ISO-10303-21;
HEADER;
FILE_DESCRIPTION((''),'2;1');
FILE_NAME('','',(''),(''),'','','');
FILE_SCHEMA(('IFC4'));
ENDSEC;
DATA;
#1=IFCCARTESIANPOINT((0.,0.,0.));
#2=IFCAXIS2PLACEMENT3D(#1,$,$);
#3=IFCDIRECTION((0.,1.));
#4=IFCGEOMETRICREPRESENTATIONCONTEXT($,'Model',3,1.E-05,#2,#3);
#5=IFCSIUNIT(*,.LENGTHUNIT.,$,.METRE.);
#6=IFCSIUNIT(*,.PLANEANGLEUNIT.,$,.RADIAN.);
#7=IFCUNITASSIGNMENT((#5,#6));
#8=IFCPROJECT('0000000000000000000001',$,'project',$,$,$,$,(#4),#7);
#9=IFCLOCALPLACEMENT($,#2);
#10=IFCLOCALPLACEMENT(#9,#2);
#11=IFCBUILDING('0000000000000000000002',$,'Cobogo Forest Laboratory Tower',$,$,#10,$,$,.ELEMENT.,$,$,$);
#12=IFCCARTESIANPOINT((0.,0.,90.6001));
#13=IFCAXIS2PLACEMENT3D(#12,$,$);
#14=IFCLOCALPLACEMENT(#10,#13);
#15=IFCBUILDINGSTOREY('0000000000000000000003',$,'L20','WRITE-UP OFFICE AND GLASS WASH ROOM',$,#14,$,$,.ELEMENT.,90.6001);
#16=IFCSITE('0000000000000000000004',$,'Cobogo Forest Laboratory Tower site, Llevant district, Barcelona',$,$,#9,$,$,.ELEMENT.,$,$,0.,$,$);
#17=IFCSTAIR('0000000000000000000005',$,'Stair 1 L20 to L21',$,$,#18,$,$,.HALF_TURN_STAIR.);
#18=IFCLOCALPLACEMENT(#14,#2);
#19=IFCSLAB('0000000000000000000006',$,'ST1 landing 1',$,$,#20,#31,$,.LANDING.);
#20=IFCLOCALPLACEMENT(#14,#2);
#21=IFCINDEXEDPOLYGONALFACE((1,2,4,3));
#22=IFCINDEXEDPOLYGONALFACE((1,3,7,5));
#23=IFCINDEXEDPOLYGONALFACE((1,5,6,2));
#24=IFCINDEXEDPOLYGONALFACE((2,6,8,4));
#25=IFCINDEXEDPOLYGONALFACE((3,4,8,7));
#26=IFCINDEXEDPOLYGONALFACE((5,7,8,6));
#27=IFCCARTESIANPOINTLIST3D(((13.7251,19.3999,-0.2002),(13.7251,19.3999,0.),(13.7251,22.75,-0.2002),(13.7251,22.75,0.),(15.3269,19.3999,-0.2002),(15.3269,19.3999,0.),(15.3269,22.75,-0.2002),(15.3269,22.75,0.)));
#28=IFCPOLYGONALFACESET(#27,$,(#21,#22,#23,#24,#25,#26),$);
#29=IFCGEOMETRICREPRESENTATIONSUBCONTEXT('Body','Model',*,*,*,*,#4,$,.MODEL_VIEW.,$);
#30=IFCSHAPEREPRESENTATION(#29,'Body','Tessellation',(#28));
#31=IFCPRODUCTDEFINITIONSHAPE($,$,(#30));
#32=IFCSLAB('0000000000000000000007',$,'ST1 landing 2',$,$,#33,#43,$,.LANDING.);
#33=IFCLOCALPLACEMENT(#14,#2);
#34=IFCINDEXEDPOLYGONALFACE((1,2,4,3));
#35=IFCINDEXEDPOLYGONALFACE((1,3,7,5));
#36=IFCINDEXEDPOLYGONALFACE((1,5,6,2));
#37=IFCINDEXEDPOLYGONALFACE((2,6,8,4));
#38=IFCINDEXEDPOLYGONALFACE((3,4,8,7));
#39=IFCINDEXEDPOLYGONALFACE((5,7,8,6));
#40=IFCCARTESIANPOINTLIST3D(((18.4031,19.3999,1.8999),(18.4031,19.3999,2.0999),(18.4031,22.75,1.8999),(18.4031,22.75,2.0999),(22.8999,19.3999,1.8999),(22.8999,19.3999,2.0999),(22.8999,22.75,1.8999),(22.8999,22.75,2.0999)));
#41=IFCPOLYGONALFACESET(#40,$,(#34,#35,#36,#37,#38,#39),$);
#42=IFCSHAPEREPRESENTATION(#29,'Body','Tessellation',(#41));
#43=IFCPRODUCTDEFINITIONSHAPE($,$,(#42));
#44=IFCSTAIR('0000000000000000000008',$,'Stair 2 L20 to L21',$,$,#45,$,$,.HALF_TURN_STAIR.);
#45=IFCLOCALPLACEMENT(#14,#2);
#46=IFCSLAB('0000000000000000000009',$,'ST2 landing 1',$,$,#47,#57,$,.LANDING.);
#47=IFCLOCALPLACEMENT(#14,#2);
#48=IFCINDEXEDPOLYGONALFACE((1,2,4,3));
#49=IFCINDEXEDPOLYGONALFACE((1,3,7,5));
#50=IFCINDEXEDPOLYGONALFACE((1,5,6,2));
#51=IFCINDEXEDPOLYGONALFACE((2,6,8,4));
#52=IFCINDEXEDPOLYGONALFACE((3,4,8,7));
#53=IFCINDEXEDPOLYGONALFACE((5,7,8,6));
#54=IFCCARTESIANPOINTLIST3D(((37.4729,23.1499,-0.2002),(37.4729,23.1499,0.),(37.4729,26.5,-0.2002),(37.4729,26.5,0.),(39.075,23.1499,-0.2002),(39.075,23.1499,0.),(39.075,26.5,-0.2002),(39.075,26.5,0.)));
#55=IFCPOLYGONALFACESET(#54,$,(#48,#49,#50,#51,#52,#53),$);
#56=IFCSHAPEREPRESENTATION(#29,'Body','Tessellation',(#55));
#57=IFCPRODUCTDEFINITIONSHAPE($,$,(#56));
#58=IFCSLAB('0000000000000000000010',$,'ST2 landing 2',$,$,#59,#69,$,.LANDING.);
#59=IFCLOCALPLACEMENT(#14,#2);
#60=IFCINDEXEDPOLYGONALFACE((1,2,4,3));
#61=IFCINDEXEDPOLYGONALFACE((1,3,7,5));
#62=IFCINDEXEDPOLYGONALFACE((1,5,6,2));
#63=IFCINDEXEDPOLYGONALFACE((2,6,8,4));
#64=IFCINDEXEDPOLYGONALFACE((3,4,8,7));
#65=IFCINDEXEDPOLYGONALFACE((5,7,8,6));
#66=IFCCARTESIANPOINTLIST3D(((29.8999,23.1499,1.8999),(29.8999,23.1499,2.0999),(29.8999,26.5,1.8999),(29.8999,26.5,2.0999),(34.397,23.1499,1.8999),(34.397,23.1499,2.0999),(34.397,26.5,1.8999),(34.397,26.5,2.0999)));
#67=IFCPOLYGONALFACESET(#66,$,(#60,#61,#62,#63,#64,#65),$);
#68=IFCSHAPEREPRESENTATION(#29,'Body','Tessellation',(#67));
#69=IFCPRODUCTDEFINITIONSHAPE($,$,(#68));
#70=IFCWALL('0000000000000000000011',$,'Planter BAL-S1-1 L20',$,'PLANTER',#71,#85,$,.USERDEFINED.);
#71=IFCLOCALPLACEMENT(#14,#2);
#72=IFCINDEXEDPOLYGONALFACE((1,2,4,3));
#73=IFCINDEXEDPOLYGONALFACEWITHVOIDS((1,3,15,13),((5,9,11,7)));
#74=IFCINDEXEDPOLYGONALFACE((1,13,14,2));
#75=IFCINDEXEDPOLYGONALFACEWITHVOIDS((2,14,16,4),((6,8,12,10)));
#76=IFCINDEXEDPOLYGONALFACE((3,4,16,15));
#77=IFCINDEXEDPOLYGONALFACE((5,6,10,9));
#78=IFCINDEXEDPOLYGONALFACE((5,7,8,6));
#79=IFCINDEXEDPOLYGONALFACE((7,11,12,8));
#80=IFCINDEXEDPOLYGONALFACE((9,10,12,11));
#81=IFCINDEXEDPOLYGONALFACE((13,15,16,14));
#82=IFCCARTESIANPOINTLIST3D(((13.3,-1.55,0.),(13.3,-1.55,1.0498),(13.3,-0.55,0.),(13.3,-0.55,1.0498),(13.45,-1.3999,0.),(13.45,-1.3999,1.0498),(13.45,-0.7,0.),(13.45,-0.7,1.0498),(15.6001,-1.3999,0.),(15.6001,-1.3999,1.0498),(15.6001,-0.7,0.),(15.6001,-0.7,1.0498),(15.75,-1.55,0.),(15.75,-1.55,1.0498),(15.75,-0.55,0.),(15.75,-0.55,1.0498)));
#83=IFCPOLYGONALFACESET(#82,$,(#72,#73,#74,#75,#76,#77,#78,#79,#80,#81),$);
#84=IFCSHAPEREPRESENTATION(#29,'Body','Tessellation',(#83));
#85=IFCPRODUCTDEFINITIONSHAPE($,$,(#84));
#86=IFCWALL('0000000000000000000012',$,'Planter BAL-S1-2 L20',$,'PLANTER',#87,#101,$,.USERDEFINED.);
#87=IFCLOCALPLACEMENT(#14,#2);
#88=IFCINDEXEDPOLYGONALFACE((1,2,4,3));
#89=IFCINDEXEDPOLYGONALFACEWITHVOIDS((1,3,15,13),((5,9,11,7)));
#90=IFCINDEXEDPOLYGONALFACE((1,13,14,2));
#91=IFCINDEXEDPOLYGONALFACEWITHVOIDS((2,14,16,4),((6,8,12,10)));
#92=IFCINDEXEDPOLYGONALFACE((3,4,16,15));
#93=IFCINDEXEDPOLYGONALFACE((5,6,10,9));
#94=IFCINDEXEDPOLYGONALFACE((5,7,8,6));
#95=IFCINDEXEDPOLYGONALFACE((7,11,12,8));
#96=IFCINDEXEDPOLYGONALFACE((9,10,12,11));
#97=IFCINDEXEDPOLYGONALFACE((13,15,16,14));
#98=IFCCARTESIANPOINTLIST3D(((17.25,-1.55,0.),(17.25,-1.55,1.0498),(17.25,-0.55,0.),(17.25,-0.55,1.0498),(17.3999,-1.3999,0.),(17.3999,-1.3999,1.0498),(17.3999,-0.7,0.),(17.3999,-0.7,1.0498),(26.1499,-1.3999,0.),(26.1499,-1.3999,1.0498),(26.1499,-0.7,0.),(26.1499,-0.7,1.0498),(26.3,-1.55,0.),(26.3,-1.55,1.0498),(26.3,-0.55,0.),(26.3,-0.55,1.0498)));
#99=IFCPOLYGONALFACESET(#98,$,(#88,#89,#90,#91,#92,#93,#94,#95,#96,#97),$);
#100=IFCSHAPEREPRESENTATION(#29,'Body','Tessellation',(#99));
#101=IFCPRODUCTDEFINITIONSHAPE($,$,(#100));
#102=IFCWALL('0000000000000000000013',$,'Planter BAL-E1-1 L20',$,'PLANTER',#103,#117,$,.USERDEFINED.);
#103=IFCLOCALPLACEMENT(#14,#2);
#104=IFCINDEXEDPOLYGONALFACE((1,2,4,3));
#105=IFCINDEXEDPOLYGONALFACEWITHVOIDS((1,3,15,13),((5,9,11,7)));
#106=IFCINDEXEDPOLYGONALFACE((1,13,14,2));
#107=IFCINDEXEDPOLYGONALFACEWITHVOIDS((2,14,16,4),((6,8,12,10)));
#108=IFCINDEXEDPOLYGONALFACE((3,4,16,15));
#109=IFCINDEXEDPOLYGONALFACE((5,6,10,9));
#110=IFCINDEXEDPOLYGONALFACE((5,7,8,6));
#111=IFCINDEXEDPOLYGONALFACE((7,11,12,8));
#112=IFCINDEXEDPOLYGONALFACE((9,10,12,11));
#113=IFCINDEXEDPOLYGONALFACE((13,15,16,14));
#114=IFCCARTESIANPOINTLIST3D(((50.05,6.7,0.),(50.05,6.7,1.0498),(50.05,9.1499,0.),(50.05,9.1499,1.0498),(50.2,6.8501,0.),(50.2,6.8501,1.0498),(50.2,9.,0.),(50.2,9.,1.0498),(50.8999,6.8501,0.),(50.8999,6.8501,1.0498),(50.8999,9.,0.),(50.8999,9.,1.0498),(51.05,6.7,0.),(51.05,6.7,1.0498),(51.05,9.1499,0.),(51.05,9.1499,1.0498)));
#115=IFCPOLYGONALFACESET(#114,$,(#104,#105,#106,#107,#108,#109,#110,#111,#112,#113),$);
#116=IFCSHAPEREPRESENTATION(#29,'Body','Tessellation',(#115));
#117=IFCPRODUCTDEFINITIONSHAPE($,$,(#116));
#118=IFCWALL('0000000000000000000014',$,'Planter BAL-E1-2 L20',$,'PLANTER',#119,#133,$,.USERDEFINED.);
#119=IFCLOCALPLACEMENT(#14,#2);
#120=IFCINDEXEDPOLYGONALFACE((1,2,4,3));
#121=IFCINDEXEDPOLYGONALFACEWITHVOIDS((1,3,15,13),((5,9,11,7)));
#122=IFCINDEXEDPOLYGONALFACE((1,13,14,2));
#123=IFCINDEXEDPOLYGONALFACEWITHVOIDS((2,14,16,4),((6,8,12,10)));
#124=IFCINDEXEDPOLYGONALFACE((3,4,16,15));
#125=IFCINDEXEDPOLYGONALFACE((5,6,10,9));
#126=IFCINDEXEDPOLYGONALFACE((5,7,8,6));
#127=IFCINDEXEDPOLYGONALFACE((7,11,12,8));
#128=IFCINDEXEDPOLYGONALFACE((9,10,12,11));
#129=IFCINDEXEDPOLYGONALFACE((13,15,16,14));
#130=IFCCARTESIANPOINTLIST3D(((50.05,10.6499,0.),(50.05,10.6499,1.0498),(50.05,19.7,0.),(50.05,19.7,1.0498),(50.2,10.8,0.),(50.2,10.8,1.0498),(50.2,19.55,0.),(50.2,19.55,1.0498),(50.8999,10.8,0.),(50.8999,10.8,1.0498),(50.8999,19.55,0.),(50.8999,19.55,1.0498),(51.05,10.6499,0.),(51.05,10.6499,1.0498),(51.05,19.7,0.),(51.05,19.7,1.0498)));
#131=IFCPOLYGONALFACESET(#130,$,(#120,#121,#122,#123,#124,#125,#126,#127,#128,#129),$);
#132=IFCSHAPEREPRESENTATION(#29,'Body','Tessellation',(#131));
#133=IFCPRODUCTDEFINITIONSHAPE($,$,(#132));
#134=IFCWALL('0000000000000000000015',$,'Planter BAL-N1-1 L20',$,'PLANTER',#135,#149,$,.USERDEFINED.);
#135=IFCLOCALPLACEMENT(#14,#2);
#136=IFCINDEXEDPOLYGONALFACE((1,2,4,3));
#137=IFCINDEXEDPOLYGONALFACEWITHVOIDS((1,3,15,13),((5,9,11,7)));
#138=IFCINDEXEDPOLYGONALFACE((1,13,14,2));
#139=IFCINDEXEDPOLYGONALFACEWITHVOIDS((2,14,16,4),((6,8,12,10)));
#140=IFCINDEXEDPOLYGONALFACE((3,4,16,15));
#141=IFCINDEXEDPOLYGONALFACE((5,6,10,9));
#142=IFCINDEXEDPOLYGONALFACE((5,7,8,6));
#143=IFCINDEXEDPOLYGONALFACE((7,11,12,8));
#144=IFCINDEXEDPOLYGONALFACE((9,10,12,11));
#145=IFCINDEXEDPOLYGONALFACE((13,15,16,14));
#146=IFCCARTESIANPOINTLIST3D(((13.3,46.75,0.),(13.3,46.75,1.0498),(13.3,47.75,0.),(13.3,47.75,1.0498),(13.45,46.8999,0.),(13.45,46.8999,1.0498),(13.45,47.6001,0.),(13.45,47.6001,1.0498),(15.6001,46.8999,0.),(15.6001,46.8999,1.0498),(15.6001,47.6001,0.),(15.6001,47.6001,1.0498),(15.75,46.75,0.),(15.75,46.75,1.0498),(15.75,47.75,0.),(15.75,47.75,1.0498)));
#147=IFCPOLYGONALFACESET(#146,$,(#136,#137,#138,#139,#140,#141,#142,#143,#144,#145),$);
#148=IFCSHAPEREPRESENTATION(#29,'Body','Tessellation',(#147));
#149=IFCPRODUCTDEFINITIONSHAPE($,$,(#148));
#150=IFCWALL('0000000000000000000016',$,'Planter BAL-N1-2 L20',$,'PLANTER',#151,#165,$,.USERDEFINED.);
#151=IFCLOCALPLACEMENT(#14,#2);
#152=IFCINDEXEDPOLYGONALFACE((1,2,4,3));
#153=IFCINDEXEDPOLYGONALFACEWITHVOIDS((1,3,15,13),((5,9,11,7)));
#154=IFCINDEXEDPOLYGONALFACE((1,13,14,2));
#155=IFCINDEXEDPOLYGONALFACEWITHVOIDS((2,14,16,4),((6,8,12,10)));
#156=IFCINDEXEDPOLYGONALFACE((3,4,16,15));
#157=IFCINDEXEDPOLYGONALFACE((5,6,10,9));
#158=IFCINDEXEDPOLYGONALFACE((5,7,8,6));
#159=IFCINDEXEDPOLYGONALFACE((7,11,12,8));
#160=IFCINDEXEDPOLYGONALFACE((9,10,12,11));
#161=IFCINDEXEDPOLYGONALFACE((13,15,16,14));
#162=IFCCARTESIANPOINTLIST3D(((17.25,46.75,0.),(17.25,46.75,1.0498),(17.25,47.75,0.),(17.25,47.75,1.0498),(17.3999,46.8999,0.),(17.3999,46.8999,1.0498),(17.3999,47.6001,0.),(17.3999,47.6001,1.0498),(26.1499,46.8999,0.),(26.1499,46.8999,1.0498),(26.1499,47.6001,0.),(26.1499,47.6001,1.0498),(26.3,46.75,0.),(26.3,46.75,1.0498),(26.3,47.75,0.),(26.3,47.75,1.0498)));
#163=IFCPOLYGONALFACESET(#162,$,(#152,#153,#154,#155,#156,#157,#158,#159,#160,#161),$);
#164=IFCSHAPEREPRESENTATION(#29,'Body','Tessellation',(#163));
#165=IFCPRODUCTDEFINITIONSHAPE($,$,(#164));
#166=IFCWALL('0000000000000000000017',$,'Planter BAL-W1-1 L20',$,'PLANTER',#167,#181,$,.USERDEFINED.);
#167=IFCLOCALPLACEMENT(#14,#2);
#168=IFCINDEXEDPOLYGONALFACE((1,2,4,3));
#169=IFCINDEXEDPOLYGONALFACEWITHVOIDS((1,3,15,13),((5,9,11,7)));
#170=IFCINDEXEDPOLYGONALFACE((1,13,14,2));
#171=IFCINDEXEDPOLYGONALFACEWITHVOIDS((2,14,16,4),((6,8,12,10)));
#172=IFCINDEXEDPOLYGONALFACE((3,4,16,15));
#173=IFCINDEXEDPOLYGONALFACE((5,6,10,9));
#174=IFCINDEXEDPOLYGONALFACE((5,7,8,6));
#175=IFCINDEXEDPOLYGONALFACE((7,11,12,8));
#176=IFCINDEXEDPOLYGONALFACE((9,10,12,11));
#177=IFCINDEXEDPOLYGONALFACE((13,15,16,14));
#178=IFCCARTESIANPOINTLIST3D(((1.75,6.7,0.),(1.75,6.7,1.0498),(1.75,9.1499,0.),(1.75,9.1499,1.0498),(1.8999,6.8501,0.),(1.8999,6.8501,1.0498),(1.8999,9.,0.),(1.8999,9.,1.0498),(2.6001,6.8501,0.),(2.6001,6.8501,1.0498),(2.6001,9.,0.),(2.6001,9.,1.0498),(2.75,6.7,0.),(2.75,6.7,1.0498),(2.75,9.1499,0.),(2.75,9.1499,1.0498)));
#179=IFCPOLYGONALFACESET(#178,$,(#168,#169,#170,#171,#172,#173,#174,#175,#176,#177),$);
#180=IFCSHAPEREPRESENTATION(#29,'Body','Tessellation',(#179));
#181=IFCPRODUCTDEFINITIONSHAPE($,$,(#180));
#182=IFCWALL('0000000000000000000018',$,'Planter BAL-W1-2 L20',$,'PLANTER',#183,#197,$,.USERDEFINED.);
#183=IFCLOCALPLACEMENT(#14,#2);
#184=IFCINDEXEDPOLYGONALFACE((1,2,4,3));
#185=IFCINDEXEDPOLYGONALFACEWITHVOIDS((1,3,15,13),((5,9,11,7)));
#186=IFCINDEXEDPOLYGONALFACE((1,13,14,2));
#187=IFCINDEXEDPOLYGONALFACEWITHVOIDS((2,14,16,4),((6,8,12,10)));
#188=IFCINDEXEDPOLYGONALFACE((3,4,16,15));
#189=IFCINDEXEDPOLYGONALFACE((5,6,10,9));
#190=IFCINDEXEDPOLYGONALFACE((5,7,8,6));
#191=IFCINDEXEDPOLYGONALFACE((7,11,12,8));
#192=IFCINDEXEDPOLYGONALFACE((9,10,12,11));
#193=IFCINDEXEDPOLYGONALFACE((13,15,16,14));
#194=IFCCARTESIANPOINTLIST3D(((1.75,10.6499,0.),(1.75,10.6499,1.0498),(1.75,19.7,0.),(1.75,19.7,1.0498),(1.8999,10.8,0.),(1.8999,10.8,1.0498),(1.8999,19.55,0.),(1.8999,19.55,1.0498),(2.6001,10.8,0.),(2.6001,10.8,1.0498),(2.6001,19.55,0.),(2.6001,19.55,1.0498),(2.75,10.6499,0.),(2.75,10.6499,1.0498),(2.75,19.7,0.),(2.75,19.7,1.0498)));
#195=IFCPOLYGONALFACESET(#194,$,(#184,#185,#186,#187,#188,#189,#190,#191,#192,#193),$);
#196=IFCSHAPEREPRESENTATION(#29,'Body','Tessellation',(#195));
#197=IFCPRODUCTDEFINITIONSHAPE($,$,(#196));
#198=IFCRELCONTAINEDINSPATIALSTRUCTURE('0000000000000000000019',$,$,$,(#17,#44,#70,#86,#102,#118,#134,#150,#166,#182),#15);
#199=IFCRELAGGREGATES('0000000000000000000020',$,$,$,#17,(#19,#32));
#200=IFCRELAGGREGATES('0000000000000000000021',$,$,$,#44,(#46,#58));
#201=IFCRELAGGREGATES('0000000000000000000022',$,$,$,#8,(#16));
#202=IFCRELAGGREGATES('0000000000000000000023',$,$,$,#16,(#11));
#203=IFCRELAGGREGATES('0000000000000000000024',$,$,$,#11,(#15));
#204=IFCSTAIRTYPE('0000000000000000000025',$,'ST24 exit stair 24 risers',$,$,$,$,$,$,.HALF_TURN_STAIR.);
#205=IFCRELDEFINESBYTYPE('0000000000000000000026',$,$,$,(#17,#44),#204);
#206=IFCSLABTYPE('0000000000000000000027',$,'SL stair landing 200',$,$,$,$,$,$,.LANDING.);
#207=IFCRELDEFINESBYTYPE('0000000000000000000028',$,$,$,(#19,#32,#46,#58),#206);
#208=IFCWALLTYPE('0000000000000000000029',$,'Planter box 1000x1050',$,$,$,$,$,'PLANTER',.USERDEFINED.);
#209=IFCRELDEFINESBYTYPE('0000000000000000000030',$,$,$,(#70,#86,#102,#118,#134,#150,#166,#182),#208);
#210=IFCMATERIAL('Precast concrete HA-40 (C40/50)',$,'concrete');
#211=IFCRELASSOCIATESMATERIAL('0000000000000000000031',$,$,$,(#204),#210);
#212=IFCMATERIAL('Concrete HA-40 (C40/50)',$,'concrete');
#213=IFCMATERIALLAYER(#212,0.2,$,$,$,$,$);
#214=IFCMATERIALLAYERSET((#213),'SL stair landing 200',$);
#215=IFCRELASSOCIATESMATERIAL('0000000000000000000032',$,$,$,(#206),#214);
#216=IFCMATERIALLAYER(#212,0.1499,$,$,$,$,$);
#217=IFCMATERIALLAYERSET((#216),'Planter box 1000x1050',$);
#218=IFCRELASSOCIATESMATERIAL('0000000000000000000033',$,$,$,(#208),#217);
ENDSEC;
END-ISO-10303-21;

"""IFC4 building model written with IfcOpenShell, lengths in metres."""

from ifc_helpers import new_model, si_unit, direction, frame, origin, place, context, subcontext, project, spatial, polyline, outline, extrude, material, layer, layer_set, type_object, element, aggregate, save


model = new_model("IFC4")

# Units and contexts
model_context = context("Model", 3, precision=1e-05, world=origin(), true_north=direction((0.0, 1.0)))
body_context = subcontext(model_context, "Body", "Model", "MODEL_VIEW")
ifc_project = project(units=[si_unit("LENGTHUNIT", "METRE"), si_unit("PLANEANGLEUNIT", "RADIAN")], contexts=[model_context])

# Site, building, storey
site_placement = place(None, origin())
site = spatial("IfcSite", under=ifc_project, at=site_placement, Name="Cobogo Forest Laboratory Tower site, Llevant district, Barcelona", CompositionType="ELEMENT", RefElevation=0.0)
building_placement = place(site_placement, origin())
building = spatial("IfcBuilding", under=site, at=building_placement, Name="Cobogo Forest Laboratory Tower", CompositionType="ELEMENT")
storey_placement = place(building_placement, frame((0.0, 0.0, 90.6001)))
storey = spatial("IfcBuildingStorey", under=building, at=storey_placement, Name="L20", Description="WRITE-UP OFFICE AND GLASS WASH ROOM", CompositionType="ELEMENT", Elevation=90.6001)

# Shared definitions
ifc_material_1 = material(Name="Concrete HA-40 (C40/50)", Category="concrete")

# Stairs, slabs
ifc_material_2 = material(Name="Precast concrete HA-40 (C40/50)", Category="concrete")
stair_type = type_object("IfcStairType", Name="ST24 exit stair 24 risers", PredefinedType="HALF_TURN_STAIR", material=ifc_material_2)
stair_1_placement = place(storey_placement, origin())
stair_1 = element("IfcStair", 1, at=stair_1_placement, inside=storey, type_object=stair_type, Name="Stair 1 L20 to L21", PredefinedType="HALF_TURN_STAIR")
ifc_layer_1 = layer(ifc_material_1, 0.2)
ifc_layer_set_1 = layer_set([ifc_layer_1], Name="SL stair landing 200")
slab_type_1 = type_object("IfcSlabType", Name="SL stair landing 200", PredefinedType="LANDING", material=ifc_layer_set_1)
slab_1_placement = place(storey_placement, frame((0.0, 0.0, -0.2002)))
slab_1 = element("IfcSlab", 2, at=slab_1_placement, type_object=slab_type_1, Name="ST1 landing 1", PredefinedType="LANDING", context=body_context, shape_type="SweptSolid", body=[
    extrude(outline(polyline([(13.7251, 19.3999), (15.3269, 19.3999), (15.3269, 22.75), (13.7251, 22.75), (13.7251, 19.3999)])), origin(), (0.0, 0.0, 1.0), 0.2002),
])
slab_2_placement = place(storey_placement, frame((0.0, 0.0, 1.8999)))
slab_2 = element("IfcSlab", 3, at=slab_2_placement, type_object=slab_type_1, Name="ST1 landing 2", PredefinedType="LANDING", context=body_context, shape_type="SweptSolid", body=[
    extrude(outline(polyline([(18.4031, 19.3999), (22.8999, 19.3999), (22.8999, 22.75), (18.4031, 22.75), (18.4031, 19.3999)])), origin(), (0.0, 0.0, 1.0), 0.2),
])
aggregate(stair_1, [slab_1, slab_2])
stair_2_placement = place(storey_placement, origin())
stair_2 = element("IfcStair", 4, at=stair_2_placement, inside=storey, type_object=stair_type, Name="Stair 2 L20 to L21", PredefinedType="HALF_TURN_STAIR")
slab_3_placement = place(storey_placement, frame((0.0, 0.0, -0.2002)))
slab_3 = element("IfcSlab", 5, at=slab_3_placement, type_object=slab_type_1, Name="ST2 landing 1", PredefinedType="LANDING", context=body_context, shape_type="SweptSolid", body=[
    extrude(outline(polyline([(37.4729, 23.1499), (39.075, 23.1499), (39.075, 26.5), (37.4729, 26.5), (37.4729, 23.1499)])), origin(), (0.0, 0.0, 1.0), 0.2002),
])
slab_4_placement = place(storey_placement, frame((0.0, 0.0, 1.8999)))
slab_4 = element("IfcSlab", 6, at=slab_4_placement, type_object=slab_type_1, Name="ST2 landing 2", PredefinedType="LANDING", context=body_context, shape_type="SweptSolid", body=[
    extrude(outline(polyline([(29.8999, 23.1499), (34.397, 23.1499), (34.397, 26.5), (29.8999, 26.5), (29.8999, 23.1499)])), origin(), (0.0, 0.0, 1.0), 0.2),
])
aggregate(stair_2, [slab_3, slab_4])

# Walls
ifc_layer_2 = layer(ifc_material_1, 0.1499)
ifc_layer_set_2 = layer_set([ifc_layer_2], Name="Planter box 1000x1050")
wall_type = type_object("IfcWallType", Name="Planter box 1000x1050", ElementType="PLANTER", PredefinedType="USERDEFINED", material=ifc_layer_set_2)
wall_1_placement = place(storey_placement, origin())
element("IfcWall", 7, at=wall_1_placement, inside=storey, type_object=wall_type, Name="Planter BAL-S1-1 L20", ObjectType="PLANTER", PredefinedType="USERDEFINED", context=body_context, shape_type="SweptSolid", body=[
    extrude(outline(polyline([(13.3, -1.55), (15.75, -1.55), (15.75, -0.55), (13.3, -0.55), (13.3, -1.55)]), holes=[polyline([(13.45, -1.3999), (15.6001, -1.3999), (15.6001, -0.7), (13.45, -0.7), (13.45, -1.3999)])]), origin(), (0.0, 0.0, 1.0), 1.0498),
])
wall_2_placement = place(storey_placement, origin())
element("IfcWall", 8, at=wall_2_placement, inside=storey, type_object=wall_type, Name="Planter BAL-S1-2 L20", ObjectType="PLANTER", PredefinedType="USERDEFINED", context=body_context, shape_type="SweptSolid", body=[
    extrude(outline(polyline([(17.25, -1.55), (26.3, -1.55), (26.3, -0.55), (17.25, -0.55), (17.25, -1.55)]), holes=[polyline([(17.3999, -1.3999), (26.1499, -1.3999), (26.1499, -0.7), (17.3999, -0.7), (17.3999, -1.3999)])]), origin(), (0.0, 0.0, 1.0), 1.0498),
])
wall_3_placement = place(storey_placement, origin())
element("IfcWall", 9, at=wall_3_placement, inside=storey, type_object=wall_type, Name="Planter BAL-E1-1 L20", ObjectType="PLANTER", PredefinedType="USERDEFINED", context=body_context, shape_type="SweptSolid", body=[
    extrude(outline(polyline([(50.05, 6.7), (51.05, 6.7), (51.05, 9.1499), (50.05, 9.1499), (50.05, 6.7)]), holes=[polyline([(50.2, 6.8501), (50.8999, 6.8501), (50.8999, 9.0), (50.2, 9.0), (50.2, 6.8501)])]), origin(), (0.0, 0.0, 1.0), 1.0498),
])
wall_4_placement = place(storey_placement, origin())
element("IfcWall", 10, at=wall_4_placement, inside=storey, type_object=wall_type, Name="Planter BAL-E1-2 L20", ObjectType="PLANTER", PredefinedType="USERDEFINED", context=body_context, shape_type="SweptSolid", body=[
    extrude(outline(polyline([(50.05, 10.6499), (51.05, 10.6499), (51.05, 19.7), (50.05, 19.7), (50.05, 10.6499)]), holes=[polyline([(50.2, 10.8), (50.8999, 10.8), (50.8999, 19.55), (50.2, 19.55), (50.2, 10.8)])]), origin(), (0.0, 0.0, 1.0), 1.0498),
])
wall_5_placement = place(storey_placement, origin())
element("IfcWall", 11, at=wall_5_placement, inside=storey, type_object=wall_type, Name="Planter BAL-N1-1 L20", ObjectType="PLANTER", PredefinedType="USERDEFINED", context=body_context, shape_type="SweptSolid", body=[
    extrude(outline(polyline([(13.3, 46.75), (15.75, 46.75), (15.75, 47.75), (13.3, 47.75), (13.3, 46.75)]), holes=[polyline([(13.45, 46.8999), (15.6001, 46.8999), (15.6001, 47.6001), (13.45, 47.6001), (13.45, 46.8999)])]), origin(), (0.0, 0.0, 1.0), 1.0498),
])
wall_6_placement = place(storey_placement, origin())
element("IfcWall", 12, at=wall_6_placement, inside=storey, type_object=wall_type, Name="Planter BAL-N1-2 L20", ObjectType="PLANTER", PredefinedType="USERDEFINED", context=body_context, shape_type="SweptSolid", body=[
    extrude(outline(polyline([(17.25, 46.75), (26.3, 46.75), (26.3, 47.75), (17.25, 47.75), (17.25, 46.75)]), holes=[polyline([(17.3999, 46.8999), (26.1499, 46.8999), (26.1499, 47.6001), (17.3999, 47.6001), (17.3999, 46.8999)])]), origin(), (0.0, 0.0, 1.0), 1.0498),
])
wall_7_placement = place(storey_placement, origin())
element("IfcWall", 13, at=wall_7_placement, inside=storey, type_object=wall_type, Name="Planter BAL-W1-1 L20", ObjectType="PLANTER", PredefinedType="USERDEFINED", context=body_context, shape_type="SweptSolid", body=[
    extrude(outline(polyline([(1.75, 6.7), (2.75, 6.7), (2.75, 9.1499), (1.75, 9.1499), (1.75, 6.7)]), holes=[polyline([(1.8999, 6.8501), (2.6001, 6.8501), (2.6001, 9.0), (1.8999, 9.0), (1.8999, 6.8501)])]), origin(), (0.0, 0.0, 1.0), 1.0498),
])
wall_8_placement = place(storey_placement, origin())
element("IfcWall", 14, at=wall_8_placement, inside=storey, type_object=wall_type, Name="Planter BAL-W1-2 L20", ObjectType="PLANTER", PredefinedType="USERDEFINED", context=body_context, shape_type="SweptSolid", body=[
    extrude(outline(polyline([(1.75, 10.6499), (2.75, 10.6499), (2.75, 19.7), (1.75, 19.7), (1.75, 10.6499)]), holes=[polyline([(1.8999, 10.8), (2.6001, 10.8), (2.6001, 19.55), (1.8999, 19.55), (1.8999, 10.8)])]), origin(), (0.0, 0.0, 1.0), 1.0498),
])

save(model, "model.ifc")
